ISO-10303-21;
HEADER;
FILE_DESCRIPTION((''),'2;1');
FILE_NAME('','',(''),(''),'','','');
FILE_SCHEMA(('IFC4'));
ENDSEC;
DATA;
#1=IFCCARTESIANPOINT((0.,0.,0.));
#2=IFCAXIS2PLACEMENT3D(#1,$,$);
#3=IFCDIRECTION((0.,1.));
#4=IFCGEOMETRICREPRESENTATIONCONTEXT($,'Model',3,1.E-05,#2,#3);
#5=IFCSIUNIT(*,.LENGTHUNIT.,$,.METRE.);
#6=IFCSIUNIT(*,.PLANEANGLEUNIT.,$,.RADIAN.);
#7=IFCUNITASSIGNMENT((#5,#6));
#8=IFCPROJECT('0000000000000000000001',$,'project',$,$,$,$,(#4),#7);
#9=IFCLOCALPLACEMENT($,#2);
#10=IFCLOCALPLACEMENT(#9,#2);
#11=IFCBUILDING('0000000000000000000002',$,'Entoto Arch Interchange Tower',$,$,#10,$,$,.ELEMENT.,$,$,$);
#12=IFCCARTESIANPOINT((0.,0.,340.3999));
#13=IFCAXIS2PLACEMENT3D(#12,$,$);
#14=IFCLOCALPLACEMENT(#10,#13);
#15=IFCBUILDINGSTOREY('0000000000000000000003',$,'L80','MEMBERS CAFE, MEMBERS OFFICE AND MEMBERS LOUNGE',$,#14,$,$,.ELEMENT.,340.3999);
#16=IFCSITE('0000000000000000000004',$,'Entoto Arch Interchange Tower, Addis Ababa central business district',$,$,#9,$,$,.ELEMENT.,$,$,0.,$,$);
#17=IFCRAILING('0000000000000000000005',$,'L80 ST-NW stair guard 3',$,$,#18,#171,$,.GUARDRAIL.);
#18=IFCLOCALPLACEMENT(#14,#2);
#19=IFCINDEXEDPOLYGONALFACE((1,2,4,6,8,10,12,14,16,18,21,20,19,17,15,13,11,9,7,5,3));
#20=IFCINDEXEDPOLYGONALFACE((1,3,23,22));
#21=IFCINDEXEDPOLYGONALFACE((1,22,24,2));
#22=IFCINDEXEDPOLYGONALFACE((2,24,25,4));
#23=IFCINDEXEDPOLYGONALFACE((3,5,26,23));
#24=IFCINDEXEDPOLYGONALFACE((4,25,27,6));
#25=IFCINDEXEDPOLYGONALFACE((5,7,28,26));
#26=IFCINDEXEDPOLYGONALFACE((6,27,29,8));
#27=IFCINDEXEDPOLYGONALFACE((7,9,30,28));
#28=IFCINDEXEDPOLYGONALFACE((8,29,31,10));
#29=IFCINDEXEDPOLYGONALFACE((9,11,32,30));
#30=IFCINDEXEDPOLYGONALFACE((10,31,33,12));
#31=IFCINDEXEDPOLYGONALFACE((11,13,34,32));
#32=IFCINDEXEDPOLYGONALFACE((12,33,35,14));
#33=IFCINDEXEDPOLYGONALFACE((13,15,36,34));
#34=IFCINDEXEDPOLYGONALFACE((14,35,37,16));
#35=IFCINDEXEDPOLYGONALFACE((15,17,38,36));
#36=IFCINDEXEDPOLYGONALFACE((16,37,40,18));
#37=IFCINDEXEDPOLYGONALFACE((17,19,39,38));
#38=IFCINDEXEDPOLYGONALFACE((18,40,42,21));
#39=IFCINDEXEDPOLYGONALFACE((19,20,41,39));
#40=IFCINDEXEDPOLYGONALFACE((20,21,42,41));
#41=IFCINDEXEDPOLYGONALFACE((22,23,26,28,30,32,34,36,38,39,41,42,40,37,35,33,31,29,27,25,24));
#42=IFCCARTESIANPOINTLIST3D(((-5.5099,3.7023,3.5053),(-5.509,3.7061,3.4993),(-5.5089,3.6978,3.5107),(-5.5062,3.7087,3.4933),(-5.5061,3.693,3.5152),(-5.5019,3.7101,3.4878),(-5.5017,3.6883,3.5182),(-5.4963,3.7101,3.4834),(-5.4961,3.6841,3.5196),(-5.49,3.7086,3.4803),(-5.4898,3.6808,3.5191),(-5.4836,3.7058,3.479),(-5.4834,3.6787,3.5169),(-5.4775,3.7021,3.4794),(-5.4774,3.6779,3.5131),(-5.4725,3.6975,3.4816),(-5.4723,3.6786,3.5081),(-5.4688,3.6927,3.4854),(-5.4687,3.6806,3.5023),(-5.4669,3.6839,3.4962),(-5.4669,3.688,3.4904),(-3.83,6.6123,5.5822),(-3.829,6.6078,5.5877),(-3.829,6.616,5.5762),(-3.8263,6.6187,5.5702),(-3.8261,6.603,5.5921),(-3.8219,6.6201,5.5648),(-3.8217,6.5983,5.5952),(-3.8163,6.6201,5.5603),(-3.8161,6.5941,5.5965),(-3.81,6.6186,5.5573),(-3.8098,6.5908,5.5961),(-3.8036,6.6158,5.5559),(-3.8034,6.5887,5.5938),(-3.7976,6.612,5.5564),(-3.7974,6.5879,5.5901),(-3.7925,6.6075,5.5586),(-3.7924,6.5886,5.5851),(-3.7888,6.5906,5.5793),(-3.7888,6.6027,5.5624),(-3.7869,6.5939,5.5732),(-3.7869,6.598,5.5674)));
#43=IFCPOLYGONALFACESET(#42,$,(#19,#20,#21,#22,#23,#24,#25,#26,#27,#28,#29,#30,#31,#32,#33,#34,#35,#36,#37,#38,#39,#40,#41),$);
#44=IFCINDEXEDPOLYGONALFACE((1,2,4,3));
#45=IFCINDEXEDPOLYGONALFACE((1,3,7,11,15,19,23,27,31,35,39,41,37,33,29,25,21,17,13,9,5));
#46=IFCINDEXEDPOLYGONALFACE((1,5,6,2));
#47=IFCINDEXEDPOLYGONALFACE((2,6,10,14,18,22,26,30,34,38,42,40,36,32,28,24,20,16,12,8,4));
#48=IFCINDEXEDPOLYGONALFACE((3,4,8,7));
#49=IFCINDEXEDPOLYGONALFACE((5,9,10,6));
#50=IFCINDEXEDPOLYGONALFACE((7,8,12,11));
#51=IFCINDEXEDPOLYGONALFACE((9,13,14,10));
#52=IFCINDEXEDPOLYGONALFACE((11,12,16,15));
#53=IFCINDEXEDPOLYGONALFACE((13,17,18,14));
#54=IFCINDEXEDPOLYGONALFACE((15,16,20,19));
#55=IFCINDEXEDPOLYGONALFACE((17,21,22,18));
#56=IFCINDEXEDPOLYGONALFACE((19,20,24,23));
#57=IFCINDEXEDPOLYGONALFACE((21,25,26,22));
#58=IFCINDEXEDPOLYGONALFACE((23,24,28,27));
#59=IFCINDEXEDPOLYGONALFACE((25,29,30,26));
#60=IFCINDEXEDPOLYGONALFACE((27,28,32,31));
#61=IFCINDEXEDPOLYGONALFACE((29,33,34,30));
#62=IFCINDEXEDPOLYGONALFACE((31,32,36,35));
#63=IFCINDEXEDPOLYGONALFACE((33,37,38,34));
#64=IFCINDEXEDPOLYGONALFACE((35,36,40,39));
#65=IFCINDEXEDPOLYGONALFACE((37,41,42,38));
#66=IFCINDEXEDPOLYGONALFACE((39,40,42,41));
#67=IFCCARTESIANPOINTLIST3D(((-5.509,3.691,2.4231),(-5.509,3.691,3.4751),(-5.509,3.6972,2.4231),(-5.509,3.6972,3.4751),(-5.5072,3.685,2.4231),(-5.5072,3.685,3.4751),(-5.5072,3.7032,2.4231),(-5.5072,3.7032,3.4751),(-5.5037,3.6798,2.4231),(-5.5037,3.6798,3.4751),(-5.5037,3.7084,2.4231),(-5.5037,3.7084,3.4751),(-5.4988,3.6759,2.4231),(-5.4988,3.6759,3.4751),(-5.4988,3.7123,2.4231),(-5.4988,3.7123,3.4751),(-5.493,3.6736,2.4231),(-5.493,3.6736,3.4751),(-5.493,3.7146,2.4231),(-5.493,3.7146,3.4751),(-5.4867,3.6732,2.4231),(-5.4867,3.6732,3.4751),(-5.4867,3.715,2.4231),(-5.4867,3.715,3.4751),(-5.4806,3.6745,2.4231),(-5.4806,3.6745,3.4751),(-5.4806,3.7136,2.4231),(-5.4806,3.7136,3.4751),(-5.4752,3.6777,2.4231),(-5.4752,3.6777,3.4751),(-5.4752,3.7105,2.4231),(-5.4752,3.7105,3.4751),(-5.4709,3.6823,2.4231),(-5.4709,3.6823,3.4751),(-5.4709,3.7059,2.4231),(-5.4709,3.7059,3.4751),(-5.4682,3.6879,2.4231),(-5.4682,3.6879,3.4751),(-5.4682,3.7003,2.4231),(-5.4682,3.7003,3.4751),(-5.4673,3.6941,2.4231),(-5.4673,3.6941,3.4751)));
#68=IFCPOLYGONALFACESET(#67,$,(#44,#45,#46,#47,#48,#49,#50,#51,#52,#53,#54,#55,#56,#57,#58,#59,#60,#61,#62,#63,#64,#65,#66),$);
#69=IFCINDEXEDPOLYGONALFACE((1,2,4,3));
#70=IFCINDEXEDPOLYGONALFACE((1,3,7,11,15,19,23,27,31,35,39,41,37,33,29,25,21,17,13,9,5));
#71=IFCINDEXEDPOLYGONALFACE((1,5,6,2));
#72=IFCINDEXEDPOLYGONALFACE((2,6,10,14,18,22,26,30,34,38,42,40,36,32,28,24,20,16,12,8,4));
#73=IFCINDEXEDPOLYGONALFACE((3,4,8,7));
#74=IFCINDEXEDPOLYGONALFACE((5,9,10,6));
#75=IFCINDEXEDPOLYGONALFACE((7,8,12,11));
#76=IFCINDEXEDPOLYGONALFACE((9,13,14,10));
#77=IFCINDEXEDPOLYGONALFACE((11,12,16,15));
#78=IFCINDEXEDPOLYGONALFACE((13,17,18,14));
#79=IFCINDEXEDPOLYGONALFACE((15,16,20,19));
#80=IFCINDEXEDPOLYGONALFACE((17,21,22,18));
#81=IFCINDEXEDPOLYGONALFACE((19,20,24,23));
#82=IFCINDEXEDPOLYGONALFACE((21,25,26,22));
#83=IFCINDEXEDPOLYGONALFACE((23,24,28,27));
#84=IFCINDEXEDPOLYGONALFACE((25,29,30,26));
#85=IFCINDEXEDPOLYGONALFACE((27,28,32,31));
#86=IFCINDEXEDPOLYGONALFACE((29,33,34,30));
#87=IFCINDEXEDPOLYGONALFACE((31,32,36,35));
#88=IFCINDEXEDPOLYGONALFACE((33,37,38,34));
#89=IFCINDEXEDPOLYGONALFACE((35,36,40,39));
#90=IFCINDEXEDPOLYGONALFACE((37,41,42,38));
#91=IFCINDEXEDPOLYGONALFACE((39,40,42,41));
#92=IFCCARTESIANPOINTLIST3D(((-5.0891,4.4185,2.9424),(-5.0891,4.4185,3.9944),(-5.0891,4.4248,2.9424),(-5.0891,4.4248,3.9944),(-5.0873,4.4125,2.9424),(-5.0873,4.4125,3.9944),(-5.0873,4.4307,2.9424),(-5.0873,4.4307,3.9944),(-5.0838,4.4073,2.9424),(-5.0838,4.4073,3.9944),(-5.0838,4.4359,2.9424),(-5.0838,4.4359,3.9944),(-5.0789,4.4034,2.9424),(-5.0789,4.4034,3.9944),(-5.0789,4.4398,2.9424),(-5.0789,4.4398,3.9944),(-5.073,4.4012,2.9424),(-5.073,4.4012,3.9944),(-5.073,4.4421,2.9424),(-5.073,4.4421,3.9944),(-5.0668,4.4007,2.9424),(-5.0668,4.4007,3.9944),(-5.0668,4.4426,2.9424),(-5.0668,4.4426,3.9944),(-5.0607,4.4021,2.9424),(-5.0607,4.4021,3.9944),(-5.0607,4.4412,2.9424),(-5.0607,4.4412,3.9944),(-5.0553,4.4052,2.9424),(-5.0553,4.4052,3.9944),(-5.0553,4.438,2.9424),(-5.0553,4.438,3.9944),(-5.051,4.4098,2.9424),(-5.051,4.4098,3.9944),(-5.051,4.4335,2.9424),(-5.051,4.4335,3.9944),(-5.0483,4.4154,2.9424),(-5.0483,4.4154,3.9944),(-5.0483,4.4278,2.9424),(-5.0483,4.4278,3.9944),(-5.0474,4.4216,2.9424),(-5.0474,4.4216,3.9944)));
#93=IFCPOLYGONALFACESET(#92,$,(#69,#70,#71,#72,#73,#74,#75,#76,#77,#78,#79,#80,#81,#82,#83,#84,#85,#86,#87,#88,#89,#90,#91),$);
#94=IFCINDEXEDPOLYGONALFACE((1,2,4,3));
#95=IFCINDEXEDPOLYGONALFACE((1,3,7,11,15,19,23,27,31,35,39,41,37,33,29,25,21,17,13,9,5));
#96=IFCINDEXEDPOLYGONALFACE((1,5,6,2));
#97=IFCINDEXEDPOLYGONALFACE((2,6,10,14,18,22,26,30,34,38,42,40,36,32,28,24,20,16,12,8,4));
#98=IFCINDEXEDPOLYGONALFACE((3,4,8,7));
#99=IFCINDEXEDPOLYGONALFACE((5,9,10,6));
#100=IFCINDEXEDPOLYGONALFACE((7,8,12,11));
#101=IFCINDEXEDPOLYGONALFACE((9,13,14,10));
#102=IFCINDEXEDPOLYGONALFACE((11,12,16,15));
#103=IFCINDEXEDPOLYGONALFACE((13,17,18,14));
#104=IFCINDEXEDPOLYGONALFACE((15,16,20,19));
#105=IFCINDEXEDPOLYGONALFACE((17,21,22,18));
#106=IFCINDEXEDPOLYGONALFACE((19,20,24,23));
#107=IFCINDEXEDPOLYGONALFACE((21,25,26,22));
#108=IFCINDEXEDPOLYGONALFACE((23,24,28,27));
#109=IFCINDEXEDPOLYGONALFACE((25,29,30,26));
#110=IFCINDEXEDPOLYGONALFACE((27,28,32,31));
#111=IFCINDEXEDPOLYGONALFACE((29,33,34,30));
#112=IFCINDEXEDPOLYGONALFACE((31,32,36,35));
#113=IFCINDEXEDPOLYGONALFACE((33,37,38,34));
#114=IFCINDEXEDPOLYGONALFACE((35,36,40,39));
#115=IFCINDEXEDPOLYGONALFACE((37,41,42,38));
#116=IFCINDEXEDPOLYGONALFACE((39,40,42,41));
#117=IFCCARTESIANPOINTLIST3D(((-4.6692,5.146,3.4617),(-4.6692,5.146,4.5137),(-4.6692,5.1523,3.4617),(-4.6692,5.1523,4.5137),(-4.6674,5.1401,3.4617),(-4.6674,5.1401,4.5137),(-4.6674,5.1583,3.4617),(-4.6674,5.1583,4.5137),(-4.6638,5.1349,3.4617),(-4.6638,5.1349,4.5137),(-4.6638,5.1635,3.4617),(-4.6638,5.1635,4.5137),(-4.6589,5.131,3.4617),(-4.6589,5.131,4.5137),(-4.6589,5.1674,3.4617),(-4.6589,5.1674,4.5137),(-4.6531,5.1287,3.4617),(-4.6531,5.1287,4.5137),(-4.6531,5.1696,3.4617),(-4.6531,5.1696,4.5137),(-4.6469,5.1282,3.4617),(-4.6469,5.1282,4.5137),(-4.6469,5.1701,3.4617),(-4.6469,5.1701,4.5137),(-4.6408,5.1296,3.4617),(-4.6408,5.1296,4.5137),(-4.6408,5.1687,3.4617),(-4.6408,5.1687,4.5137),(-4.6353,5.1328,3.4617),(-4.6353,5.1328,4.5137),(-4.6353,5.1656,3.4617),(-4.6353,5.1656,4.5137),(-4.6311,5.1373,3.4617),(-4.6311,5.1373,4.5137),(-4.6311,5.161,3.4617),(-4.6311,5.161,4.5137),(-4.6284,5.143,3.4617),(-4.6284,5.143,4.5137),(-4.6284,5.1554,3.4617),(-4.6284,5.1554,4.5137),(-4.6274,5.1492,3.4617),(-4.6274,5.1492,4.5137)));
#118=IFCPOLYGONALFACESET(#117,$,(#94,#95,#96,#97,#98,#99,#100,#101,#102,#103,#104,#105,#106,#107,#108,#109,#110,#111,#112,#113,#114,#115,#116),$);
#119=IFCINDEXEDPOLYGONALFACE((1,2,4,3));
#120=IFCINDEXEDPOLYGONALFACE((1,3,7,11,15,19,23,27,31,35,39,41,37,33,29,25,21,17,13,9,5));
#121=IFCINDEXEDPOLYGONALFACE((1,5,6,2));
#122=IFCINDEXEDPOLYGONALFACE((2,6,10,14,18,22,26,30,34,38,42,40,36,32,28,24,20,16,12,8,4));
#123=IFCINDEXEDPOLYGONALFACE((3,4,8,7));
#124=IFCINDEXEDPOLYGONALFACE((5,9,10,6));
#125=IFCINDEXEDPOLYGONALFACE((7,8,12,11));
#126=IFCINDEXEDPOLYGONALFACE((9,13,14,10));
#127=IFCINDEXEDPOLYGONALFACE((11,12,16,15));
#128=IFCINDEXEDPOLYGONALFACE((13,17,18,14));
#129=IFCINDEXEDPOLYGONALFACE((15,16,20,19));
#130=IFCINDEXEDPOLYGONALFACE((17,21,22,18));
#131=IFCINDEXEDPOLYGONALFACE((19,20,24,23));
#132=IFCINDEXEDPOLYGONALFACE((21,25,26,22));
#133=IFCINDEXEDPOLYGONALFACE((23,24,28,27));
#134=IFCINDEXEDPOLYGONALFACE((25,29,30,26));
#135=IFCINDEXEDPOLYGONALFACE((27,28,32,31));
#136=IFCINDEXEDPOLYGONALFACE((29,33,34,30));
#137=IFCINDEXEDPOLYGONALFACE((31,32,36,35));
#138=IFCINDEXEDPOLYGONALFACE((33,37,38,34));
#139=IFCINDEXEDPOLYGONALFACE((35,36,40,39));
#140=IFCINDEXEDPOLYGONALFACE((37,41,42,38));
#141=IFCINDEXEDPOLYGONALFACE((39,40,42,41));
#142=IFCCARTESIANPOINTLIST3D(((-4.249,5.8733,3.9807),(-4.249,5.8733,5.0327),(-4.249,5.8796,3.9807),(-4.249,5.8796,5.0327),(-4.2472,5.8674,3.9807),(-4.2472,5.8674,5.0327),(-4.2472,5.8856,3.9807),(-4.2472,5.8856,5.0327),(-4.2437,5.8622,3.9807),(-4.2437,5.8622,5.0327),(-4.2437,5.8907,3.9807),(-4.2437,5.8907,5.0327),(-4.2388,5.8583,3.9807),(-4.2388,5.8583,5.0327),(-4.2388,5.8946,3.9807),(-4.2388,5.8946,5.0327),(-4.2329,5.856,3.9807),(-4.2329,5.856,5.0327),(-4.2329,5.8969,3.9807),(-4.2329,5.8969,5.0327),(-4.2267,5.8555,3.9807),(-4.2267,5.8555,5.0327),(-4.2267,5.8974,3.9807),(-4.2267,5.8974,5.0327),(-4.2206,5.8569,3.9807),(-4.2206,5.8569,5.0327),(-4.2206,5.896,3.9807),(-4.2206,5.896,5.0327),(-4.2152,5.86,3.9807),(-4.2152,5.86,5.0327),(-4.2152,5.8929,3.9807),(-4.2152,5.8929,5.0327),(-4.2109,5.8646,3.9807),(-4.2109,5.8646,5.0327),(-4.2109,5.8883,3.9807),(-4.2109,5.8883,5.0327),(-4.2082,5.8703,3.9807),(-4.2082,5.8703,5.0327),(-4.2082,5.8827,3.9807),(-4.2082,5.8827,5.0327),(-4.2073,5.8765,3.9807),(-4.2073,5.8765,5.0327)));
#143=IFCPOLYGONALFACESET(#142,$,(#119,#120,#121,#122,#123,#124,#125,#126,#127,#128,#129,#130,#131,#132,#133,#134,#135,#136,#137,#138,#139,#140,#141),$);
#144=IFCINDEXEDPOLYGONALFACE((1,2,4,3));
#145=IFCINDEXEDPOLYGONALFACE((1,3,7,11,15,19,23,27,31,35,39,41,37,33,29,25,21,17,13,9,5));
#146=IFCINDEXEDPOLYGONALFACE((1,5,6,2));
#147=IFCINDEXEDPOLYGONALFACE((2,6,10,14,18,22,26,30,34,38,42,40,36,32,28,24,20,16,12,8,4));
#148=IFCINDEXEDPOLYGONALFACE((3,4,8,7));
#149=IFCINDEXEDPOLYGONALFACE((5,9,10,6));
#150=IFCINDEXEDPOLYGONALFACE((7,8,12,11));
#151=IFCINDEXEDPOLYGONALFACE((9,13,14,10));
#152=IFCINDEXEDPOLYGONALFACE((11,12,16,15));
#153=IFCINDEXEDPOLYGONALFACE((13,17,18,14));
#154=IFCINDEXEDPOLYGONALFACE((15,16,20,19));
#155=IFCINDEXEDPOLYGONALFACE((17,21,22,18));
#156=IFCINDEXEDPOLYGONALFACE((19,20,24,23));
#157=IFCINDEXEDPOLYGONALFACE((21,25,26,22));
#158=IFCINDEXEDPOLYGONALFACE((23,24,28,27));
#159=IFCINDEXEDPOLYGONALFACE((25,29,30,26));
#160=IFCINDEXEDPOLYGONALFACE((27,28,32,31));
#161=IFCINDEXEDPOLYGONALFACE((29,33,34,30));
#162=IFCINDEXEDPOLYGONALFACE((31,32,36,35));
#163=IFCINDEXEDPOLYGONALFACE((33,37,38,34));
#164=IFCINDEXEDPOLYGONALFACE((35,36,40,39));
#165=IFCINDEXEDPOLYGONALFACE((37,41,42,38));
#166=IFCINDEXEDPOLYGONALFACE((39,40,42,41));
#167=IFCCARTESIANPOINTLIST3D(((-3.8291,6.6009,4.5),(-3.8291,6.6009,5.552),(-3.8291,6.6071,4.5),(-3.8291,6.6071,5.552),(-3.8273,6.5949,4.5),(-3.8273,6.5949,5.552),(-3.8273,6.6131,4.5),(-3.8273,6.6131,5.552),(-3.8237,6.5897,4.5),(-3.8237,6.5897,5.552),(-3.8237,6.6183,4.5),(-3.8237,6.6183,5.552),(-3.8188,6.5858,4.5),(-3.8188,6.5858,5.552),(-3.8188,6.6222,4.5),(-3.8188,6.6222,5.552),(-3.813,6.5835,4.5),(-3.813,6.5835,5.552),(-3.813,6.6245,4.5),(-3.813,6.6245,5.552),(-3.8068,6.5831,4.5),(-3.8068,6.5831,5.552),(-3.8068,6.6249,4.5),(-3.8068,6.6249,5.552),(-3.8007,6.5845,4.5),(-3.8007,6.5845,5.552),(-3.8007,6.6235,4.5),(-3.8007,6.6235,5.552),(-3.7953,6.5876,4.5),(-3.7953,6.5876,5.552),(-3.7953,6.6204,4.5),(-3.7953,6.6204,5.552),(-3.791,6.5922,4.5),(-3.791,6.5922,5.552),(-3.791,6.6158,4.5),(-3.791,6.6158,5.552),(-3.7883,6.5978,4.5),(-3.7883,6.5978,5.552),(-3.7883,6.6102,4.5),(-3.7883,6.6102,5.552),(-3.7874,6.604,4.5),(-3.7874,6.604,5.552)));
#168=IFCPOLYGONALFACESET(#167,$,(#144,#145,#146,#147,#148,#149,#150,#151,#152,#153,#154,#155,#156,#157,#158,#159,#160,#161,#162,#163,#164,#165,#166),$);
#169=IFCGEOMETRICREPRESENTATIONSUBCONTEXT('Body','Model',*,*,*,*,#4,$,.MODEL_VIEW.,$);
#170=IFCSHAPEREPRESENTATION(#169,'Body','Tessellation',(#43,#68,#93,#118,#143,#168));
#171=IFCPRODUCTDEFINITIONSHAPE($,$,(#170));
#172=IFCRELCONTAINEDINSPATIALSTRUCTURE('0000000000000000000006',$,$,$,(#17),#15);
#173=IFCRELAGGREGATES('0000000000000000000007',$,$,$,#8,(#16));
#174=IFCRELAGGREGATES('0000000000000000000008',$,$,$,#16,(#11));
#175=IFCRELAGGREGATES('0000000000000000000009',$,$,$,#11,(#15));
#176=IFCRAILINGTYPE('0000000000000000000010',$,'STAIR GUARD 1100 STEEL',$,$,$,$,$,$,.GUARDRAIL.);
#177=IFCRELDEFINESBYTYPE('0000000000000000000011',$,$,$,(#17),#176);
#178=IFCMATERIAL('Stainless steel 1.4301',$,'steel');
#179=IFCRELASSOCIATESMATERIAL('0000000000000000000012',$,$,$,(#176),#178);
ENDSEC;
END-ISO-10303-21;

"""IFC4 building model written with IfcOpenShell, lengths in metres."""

from ifc_helpers import new_model, si_unit, direction, frame, origin, origin_2d, place, context, subcontext, project, spatial, circle, extrude, material, type_object, element, save


model = new_model("IFC4")

# Units and contexts
model_context = context("Model", 3, precision=1e-05, world=origin(), true_north=direction((0.0, 1.0)))
body_context = subcontext(model_context, "Body", "Model", "MODEL_VIEW")
ifc_project = project(units=[si_unit("LENGTHUNIT", "METRE"), si_unit("PLANEANGLEUNIT", "RADIAN")], contexts=[model_context])

# Site, building, storey
site_placement = place(None, origin())
site = spatial("IfcSite", under=ifc_project, at=site_placement, Name="Entoto Arch Interchange Tower, Addis Ababa central business district", CompositionType="ELEMENT", RefElevation=0.0)
building_placement = place(site_placement, origin())
building = spatial("IfcBuilding", under=site, at=building_placement, Name="Entoto Arch Interchange Tower", CompositionType="ELEMENT")
storey_placement = place(building_placement, frame((0.0, 0.0, 340.3999)))
storey = spatial("IfcBuildingStorey", under=building, at=storey_placement, Name="L80", Description="MEMBERS CAFE, MEMBERS OFFICE AND MEMBERS LOUNGE", CompositionType="ELEMENT", Elevation=340.3999)

# Railing
ifc_material_1 = material(Name="Stainless steel 1.4301", Category="steel")
railing_type_1 = type_object("IfcRailingType", Name="STAIR GUARD 1100 STEEL", PredefinedType="GUARDRAIL", material=ifc_material_1)
railing_1_placement = place(storey_placement, frame((-5.4883, 3.6941, 2.4231)))
element("IfcRailing", 1, at=railing_1_placement, inside=storey, type_object=railing_type_1, Name="L80 ST-NW stair guard 3", PredefinedType="GUARDRAIL", context=body_context, shape_type="SweptSolid", body=[
    extrude(circle(Radius=0.0239, at=origin_2d()), frame((0.0, 0.0, 1.0762), z_axis=(0.425288, 0.736668, 0.525785), x_axis=(-0.866039, 0.499976, 0.0)), (0.0, 0.0, 1.0), 3.9502),
    extrude(circle(Radius=0.021, at=origin_2d()), origin(), (0.0, 0.0, 1.0), 1.052),
    extrude(circle(Radius=0.021, at=origin_2d()), frame((0.4199, 0.7275, 0.5193)), (0.0, 0.0, 1.0), 1.052),
    extrude(circle(Radius=0.021, at=origin_2d()), frame((0.8398, 1.4551, 1.0386)), (0.0, 0.0, 1.0), 1.052),
    extrude(circle(Radius=0.021, at=origin_2d()), frame((1.26, 2.1824, 1.5576)), (0.0, 0.0, 1.0), 1.052),
    extrude(circle(Radius=0.021, at=origin_2d()), frame((1.6799, 2.9099, 2.0769)), (0.0, 0.0, 1.0), 1.052),
])

save(model, "model.ifc")
